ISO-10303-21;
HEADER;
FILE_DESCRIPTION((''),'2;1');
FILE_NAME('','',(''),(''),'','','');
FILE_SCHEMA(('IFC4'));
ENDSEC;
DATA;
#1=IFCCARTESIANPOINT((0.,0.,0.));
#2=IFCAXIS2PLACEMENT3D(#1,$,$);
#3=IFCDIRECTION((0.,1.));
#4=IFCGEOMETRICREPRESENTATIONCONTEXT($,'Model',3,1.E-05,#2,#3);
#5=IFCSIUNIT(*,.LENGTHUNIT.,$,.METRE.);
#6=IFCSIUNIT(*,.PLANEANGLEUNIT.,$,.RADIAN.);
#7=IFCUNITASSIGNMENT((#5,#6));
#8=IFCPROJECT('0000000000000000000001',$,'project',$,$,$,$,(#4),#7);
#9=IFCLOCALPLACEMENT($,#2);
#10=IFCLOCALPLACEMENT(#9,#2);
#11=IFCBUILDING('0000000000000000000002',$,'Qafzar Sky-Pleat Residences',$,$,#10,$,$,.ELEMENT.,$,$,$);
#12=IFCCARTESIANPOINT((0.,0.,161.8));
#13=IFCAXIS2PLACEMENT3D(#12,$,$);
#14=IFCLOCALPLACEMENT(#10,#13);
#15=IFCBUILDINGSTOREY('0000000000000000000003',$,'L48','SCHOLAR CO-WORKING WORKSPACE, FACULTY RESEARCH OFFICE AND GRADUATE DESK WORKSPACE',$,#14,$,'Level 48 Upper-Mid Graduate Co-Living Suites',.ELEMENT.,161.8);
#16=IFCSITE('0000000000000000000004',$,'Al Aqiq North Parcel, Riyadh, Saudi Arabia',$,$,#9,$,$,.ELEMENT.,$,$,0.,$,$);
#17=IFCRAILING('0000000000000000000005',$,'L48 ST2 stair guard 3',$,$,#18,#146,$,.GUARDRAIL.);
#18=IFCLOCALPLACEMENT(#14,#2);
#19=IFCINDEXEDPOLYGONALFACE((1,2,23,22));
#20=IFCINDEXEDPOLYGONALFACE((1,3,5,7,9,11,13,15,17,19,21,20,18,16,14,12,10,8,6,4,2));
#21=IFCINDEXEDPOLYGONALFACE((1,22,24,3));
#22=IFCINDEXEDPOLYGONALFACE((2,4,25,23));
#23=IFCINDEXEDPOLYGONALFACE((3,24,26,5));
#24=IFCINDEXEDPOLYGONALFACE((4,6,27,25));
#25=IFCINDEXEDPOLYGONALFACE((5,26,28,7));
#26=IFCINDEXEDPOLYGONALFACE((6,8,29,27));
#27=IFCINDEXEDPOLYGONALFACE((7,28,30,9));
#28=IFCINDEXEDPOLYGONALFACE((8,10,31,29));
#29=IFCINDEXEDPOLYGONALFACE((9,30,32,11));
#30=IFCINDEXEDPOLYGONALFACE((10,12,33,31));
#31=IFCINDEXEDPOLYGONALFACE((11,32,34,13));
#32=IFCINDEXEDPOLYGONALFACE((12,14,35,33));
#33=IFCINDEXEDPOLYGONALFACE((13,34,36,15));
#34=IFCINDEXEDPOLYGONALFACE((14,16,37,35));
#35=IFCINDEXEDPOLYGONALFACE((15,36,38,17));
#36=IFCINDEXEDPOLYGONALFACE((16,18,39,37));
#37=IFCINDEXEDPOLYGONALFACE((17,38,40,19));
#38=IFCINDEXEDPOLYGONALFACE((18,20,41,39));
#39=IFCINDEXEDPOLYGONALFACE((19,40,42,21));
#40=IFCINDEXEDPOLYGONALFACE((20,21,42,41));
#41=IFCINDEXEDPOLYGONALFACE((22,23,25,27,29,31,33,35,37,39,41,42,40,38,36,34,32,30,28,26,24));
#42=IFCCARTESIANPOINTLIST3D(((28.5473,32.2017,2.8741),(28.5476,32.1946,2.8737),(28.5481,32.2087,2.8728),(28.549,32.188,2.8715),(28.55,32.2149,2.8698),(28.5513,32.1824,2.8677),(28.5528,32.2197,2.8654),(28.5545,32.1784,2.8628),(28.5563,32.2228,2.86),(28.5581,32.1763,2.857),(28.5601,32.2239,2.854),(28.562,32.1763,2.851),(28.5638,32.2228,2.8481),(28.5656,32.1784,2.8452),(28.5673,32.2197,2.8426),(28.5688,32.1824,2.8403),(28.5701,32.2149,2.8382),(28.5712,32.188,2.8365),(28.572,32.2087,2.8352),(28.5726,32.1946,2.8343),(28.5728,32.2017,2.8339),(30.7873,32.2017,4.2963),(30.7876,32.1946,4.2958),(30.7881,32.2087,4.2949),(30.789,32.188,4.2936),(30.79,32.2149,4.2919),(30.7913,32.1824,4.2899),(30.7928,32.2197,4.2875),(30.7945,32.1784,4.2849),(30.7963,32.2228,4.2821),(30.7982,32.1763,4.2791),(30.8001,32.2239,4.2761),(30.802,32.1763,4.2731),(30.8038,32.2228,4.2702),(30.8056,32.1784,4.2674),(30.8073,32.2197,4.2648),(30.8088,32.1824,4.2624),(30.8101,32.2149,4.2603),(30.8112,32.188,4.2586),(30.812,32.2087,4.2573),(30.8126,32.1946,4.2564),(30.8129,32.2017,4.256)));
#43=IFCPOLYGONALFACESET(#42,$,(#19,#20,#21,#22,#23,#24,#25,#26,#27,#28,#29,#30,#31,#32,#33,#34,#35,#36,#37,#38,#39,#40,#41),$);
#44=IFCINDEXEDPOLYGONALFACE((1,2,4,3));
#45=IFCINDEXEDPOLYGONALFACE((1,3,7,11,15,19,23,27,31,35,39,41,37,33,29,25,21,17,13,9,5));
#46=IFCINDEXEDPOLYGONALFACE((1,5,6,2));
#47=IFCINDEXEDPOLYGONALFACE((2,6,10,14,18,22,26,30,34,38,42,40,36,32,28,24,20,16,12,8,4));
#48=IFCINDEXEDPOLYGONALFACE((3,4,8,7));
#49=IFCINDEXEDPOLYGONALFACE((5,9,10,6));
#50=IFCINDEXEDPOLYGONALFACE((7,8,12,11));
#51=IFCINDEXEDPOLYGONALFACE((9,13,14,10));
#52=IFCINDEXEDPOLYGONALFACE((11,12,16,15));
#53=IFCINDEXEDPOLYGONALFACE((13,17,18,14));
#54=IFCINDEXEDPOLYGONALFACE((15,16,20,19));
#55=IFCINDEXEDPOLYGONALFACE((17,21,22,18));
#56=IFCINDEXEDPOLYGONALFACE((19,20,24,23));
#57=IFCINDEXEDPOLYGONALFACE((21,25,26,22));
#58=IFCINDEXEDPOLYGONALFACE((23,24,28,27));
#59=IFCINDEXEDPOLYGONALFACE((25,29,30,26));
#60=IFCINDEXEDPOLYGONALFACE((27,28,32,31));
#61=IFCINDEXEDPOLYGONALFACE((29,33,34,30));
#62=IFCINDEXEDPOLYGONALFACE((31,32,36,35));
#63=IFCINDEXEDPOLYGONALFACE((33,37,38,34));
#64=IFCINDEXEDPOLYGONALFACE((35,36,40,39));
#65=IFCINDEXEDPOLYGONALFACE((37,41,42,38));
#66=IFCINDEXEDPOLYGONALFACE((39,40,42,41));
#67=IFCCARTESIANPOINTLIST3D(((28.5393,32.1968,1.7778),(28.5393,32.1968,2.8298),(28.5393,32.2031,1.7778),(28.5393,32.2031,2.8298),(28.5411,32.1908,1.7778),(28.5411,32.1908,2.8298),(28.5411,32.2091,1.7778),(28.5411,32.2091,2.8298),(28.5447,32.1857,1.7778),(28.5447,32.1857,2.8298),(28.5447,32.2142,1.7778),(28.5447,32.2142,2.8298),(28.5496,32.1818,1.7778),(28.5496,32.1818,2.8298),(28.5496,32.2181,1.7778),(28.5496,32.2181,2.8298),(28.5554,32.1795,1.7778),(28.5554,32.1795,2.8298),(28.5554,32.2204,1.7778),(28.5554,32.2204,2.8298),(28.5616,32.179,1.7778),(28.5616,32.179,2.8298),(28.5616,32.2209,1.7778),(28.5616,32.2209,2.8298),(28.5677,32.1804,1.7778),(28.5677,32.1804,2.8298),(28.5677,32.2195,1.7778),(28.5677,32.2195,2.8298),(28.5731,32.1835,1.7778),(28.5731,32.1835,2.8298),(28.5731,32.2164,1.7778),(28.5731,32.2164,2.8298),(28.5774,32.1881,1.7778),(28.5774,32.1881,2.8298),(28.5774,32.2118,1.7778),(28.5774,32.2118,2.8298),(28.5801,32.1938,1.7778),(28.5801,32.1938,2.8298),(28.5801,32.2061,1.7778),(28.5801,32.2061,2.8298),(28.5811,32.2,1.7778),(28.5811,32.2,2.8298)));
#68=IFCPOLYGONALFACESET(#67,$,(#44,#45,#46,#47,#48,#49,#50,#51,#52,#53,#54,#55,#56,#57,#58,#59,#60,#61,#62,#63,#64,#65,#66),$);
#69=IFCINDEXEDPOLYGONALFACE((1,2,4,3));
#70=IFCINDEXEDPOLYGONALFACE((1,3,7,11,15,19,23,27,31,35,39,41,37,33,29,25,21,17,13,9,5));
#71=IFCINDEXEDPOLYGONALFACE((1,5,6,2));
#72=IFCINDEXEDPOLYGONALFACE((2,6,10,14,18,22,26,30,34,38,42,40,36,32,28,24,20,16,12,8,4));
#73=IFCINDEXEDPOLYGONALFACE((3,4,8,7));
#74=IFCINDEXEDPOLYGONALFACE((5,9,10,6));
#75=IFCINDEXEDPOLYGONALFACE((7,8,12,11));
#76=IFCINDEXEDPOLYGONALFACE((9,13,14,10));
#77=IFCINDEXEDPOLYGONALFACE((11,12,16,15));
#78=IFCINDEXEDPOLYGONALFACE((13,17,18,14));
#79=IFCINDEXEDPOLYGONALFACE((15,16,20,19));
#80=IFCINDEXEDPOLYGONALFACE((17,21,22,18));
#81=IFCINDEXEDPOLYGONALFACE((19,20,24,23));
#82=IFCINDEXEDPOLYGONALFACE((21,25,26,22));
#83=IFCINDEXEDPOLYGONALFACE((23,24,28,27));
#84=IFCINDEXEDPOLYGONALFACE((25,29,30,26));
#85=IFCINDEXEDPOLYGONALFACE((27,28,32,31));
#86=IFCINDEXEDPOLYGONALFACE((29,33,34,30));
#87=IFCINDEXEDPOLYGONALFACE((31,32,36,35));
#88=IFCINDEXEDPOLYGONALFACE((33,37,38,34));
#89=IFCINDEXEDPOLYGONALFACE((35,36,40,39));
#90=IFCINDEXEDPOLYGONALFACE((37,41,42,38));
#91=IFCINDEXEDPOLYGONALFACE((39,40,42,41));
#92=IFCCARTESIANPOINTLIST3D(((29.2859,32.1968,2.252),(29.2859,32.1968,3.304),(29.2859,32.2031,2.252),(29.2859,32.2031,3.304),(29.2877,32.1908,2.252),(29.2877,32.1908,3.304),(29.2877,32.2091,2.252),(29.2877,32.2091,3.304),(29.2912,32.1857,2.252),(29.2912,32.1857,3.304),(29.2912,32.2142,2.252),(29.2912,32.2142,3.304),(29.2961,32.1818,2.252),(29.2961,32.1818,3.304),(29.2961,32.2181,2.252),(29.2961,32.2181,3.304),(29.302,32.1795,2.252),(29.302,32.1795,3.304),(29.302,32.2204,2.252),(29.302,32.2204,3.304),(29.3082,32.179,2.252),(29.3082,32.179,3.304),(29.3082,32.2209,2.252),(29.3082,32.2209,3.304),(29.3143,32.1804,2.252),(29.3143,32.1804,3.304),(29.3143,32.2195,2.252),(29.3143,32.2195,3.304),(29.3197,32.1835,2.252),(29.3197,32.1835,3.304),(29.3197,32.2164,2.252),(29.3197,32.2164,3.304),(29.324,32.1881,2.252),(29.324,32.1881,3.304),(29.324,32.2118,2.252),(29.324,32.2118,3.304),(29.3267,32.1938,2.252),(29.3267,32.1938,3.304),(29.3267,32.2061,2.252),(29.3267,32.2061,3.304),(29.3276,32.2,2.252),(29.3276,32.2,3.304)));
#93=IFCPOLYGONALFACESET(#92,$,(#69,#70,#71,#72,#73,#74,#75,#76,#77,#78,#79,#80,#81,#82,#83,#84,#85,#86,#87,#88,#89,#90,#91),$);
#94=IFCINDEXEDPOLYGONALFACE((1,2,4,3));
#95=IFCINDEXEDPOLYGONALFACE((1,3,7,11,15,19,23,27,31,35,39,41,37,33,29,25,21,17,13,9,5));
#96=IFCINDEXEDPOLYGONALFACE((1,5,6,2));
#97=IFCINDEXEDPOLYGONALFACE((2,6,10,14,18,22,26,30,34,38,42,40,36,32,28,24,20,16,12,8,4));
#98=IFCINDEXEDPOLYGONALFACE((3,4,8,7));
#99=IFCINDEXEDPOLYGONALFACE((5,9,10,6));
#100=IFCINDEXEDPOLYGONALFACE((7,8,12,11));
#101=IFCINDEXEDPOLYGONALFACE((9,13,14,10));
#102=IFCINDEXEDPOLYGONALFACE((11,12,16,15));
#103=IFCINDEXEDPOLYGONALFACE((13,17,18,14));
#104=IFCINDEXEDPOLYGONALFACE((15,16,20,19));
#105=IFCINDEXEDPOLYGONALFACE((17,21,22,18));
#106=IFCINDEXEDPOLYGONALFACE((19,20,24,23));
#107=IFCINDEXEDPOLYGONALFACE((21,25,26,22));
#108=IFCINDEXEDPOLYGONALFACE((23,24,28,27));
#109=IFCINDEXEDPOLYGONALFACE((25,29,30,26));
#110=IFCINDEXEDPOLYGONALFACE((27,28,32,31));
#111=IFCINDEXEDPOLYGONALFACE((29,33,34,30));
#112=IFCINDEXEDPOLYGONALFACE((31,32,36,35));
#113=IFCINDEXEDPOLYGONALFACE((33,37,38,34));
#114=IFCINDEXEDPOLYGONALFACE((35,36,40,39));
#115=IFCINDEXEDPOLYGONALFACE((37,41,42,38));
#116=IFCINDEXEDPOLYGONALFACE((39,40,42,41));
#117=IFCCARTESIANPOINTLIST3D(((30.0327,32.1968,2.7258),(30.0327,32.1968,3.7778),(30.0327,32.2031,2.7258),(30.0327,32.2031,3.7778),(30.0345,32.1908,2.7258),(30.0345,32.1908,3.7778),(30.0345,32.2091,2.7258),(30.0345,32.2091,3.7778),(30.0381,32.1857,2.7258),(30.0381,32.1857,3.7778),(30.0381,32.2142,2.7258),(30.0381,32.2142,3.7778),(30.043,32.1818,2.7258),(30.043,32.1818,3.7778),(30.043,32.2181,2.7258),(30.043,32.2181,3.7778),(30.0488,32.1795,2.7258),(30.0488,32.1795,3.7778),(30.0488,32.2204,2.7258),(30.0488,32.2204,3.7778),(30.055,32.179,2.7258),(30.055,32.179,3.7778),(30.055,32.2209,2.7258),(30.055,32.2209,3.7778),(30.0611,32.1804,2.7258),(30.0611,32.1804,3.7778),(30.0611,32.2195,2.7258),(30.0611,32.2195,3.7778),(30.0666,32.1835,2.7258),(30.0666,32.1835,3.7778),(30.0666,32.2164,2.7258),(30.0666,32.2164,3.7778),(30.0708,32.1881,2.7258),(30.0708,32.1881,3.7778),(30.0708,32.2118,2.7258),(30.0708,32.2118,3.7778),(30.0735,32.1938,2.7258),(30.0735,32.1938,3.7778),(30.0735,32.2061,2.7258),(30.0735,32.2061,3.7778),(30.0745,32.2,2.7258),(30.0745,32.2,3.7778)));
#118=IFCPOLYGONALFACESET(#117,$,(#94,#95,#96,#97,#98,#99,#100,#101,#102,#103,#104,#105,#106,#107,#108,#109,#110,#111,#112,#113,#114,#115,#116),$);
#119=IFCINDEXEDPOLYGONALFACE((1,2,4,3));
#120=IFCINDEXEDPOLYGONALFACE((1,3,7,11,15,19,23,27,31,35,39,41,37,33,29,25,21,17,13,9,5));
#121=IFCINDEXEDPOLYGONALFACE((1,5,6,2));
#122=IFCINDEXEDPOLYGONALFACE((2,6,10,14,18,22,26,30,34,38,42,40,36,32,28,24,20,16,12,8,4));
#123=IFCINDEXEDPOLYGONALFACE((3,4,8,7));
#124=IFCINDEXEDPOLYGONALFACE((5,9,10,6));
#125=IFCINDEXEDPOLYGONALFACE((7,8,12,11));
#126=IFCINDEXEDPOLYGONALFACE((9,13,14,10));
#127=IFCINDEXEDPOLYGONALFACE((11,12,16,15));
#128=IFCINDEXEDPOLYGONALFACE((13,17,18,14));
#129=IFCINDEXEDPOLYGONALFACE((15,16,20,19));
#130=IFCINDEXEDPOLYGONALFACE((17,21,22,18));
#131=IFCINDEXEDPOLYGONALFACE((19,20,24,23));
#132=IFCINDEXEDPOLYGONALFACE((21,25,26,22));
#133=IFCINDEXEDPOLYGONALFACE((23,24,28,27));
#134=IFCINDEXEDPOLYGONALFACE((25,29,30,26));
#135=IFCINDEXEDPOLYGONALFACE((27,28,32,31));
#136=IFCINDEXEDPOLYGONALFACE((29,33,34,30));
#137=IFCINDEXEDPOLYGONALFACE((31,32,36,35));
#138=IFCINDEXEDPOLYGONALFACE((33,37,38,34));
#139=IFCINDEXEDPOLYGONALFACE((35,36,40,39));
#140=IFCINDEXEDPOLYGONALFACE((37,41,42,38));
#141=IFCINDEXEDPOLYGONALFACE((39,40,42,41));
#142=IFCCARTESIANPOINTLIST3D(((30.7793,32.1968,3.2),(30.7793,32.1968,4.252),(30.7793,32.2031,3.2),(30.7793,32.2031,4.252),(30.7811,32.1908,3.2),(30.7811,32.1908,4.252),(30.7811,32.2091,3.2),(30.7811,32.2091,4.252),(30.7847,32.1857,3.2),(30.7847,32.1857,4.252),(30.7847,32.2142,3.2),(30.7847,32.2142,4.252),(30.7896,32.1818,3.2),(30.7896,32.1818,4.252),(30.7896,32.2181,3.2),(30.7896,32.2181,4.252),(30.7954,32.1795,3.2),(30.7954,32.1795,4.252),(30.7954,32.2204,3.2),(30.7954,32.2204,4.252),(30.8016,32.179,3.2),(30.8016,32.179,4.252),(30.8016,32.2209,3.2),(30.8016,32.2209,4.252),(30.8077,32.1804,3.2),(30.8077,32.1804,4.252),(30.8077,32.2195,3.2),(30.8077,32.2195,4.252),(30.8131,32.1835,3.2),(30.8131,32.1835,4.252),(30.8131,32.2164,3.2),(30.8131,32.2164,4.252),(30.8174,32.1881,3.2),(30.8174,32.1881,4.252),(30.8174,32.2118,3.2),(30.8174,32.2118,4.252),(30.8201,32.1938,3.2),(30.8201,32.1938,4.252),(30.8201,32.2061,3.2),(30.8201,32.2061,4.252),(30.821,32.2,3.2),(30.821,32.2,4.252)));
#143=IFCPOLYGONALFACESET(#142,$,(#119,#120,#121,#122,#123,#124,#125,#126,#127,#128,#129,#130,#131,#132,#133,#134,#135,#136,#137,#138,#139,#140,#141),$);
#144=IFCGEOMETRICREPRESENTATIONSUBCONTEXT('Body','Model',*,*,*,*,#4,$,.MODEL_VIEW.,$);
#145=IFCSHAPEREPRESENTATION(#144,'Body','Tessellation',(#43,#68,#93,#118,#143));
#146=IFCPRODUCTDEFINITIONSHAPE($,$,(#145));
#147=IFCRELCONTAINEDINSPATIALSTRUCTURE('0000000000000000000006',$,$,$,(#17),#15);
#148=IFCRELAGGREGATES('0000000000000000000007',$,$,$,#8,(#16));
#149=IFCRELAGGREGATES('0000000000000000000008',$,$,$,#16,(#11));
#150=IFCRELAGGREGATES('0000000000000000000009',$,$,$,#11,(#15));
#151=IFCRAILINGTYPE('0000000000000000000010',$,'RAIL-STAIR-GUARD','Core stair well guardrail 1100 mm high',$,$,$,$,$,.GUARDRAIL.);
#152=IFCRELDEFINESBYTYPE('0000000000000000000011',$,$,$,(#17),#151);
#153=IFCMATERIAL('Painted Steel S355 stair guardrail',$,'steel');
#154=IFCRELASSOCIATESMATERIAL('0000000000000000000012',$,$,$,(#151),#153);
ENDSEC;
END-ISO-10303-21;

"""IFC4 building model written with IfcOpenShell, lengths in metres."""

from ifc_helpers import new_model, si_unit, direction, frame, origin, origin_2d, place, context, subcontext, project, spatial, circle, extrude, source, transform, mapped, material, type_object, element, save


model = new_model("IFC4")

# Units and contexts
model_context = context("Model", 3, precision=1e-05, world=origin(), true_north=direction((0.0, 1.0)))
body_context = subcontext(model_context, "Body", "Model", "MODEL_VIEW")
ifc_project = project(units=[si_unit("LENGTHUNIT", "METRE"), si_unit("PLANEANGLEUNIT", "RADIAN")], contexts=[model_context])

# Site, building, storey
site_placement = place(None, origin())
site = spatial("IfcSite", under=ifc_project, at=site_placement, Name="Al Aqiq North Parcel, Riyadh, Saudi Arabia", CompositionType="ELEMENT", RefElevation=0.0)
building_placement = place(site_placement, origin())
building = spatial("IfcBuilding", under=site, at=building_placement, Name="Qafzar Sky-Pleat Residences", CompositionType="ELEMENT")
storey_placement = place(building_placement, frame((0.0, 0.0, 161.8)))
storey = spatial("IfcBuildingStorey", under=building, at=storey_placement, Name="L48", Description="SCHOLAR CO-WORKING WORKSPACE, FACULTY RESEARCH OFFICE AND GRADUATE DESK WORKSPACE", LongName="Level 48 Upper-Mid Graduate Co-Living Suites", CompositionType="ELEMENT", Elevation=161.8)

# Railing
ifc_material_1 = material(Name="Painted Steel S355 stair guardrail", Category="steel")
railing_type_1 = type_object("IfcRailingType", Name="RAIL-STAIR-GUARD", Description="Core stair well guardrail 1100 mm high", PredefinedType="GUARDRAIL", material=ifc_material_1)
shared_shape_1 = source(origin(), body_context, "Body", "SweptSolid", [
    extrude(circle(Radius=0.0239, at=origin_2d()), frame((0.0, 0.0, 1.0762), z_axis=(0.844229, 0.0, 0.535982), x_axis=(0.0, 1.0, 0.0)), (0.0, 0.0, 1.0), 2.6533),
    extrude(circle(Radius=0.021, at=origin_2d()), origin(), (0.0, 0.0, 1.0), 1.052),
    extrude(circle(Radius=0.021, at=origin_2d()), frame((0.7466, 0.0, 0.4741)), (0.0, 0.0, 1.0), 1.052),
    extrude(circle(Radius=0.021, at=origin_2d()), frame((1.4934, 0.0, 0.948)), (0.0, 0.0, 1.0), 1.052),
    extrude(circle(Radius=0.021, at=origin_2d()), frame((2.24, 0.0, 1.4221)), (0.0, 0.0, 1.0), 1.052),
])
railing_1_placement = place(storey_placement, frame((28.5601, 32.2, 1.7778)))
element("IfcRailing", 1, at=railing_1_placement, inside=storey, type_object=railing_type_1, Name="L48 ST2 stair guard 3", PredefinedType="GUARDRAIL", context=body_context, shape_type="MappedRepresentation", body=[
    mapped(shared_shape_1, transform((0.0, 0.0, 0.0), x_axis=(1.0, 0.0, 0.0), y_axis=(0.0, 1.0, 0.0), z_axis=(0.0, 0.0, 1.0), scale=1.0)),
])

save(model, "model.ifc")
